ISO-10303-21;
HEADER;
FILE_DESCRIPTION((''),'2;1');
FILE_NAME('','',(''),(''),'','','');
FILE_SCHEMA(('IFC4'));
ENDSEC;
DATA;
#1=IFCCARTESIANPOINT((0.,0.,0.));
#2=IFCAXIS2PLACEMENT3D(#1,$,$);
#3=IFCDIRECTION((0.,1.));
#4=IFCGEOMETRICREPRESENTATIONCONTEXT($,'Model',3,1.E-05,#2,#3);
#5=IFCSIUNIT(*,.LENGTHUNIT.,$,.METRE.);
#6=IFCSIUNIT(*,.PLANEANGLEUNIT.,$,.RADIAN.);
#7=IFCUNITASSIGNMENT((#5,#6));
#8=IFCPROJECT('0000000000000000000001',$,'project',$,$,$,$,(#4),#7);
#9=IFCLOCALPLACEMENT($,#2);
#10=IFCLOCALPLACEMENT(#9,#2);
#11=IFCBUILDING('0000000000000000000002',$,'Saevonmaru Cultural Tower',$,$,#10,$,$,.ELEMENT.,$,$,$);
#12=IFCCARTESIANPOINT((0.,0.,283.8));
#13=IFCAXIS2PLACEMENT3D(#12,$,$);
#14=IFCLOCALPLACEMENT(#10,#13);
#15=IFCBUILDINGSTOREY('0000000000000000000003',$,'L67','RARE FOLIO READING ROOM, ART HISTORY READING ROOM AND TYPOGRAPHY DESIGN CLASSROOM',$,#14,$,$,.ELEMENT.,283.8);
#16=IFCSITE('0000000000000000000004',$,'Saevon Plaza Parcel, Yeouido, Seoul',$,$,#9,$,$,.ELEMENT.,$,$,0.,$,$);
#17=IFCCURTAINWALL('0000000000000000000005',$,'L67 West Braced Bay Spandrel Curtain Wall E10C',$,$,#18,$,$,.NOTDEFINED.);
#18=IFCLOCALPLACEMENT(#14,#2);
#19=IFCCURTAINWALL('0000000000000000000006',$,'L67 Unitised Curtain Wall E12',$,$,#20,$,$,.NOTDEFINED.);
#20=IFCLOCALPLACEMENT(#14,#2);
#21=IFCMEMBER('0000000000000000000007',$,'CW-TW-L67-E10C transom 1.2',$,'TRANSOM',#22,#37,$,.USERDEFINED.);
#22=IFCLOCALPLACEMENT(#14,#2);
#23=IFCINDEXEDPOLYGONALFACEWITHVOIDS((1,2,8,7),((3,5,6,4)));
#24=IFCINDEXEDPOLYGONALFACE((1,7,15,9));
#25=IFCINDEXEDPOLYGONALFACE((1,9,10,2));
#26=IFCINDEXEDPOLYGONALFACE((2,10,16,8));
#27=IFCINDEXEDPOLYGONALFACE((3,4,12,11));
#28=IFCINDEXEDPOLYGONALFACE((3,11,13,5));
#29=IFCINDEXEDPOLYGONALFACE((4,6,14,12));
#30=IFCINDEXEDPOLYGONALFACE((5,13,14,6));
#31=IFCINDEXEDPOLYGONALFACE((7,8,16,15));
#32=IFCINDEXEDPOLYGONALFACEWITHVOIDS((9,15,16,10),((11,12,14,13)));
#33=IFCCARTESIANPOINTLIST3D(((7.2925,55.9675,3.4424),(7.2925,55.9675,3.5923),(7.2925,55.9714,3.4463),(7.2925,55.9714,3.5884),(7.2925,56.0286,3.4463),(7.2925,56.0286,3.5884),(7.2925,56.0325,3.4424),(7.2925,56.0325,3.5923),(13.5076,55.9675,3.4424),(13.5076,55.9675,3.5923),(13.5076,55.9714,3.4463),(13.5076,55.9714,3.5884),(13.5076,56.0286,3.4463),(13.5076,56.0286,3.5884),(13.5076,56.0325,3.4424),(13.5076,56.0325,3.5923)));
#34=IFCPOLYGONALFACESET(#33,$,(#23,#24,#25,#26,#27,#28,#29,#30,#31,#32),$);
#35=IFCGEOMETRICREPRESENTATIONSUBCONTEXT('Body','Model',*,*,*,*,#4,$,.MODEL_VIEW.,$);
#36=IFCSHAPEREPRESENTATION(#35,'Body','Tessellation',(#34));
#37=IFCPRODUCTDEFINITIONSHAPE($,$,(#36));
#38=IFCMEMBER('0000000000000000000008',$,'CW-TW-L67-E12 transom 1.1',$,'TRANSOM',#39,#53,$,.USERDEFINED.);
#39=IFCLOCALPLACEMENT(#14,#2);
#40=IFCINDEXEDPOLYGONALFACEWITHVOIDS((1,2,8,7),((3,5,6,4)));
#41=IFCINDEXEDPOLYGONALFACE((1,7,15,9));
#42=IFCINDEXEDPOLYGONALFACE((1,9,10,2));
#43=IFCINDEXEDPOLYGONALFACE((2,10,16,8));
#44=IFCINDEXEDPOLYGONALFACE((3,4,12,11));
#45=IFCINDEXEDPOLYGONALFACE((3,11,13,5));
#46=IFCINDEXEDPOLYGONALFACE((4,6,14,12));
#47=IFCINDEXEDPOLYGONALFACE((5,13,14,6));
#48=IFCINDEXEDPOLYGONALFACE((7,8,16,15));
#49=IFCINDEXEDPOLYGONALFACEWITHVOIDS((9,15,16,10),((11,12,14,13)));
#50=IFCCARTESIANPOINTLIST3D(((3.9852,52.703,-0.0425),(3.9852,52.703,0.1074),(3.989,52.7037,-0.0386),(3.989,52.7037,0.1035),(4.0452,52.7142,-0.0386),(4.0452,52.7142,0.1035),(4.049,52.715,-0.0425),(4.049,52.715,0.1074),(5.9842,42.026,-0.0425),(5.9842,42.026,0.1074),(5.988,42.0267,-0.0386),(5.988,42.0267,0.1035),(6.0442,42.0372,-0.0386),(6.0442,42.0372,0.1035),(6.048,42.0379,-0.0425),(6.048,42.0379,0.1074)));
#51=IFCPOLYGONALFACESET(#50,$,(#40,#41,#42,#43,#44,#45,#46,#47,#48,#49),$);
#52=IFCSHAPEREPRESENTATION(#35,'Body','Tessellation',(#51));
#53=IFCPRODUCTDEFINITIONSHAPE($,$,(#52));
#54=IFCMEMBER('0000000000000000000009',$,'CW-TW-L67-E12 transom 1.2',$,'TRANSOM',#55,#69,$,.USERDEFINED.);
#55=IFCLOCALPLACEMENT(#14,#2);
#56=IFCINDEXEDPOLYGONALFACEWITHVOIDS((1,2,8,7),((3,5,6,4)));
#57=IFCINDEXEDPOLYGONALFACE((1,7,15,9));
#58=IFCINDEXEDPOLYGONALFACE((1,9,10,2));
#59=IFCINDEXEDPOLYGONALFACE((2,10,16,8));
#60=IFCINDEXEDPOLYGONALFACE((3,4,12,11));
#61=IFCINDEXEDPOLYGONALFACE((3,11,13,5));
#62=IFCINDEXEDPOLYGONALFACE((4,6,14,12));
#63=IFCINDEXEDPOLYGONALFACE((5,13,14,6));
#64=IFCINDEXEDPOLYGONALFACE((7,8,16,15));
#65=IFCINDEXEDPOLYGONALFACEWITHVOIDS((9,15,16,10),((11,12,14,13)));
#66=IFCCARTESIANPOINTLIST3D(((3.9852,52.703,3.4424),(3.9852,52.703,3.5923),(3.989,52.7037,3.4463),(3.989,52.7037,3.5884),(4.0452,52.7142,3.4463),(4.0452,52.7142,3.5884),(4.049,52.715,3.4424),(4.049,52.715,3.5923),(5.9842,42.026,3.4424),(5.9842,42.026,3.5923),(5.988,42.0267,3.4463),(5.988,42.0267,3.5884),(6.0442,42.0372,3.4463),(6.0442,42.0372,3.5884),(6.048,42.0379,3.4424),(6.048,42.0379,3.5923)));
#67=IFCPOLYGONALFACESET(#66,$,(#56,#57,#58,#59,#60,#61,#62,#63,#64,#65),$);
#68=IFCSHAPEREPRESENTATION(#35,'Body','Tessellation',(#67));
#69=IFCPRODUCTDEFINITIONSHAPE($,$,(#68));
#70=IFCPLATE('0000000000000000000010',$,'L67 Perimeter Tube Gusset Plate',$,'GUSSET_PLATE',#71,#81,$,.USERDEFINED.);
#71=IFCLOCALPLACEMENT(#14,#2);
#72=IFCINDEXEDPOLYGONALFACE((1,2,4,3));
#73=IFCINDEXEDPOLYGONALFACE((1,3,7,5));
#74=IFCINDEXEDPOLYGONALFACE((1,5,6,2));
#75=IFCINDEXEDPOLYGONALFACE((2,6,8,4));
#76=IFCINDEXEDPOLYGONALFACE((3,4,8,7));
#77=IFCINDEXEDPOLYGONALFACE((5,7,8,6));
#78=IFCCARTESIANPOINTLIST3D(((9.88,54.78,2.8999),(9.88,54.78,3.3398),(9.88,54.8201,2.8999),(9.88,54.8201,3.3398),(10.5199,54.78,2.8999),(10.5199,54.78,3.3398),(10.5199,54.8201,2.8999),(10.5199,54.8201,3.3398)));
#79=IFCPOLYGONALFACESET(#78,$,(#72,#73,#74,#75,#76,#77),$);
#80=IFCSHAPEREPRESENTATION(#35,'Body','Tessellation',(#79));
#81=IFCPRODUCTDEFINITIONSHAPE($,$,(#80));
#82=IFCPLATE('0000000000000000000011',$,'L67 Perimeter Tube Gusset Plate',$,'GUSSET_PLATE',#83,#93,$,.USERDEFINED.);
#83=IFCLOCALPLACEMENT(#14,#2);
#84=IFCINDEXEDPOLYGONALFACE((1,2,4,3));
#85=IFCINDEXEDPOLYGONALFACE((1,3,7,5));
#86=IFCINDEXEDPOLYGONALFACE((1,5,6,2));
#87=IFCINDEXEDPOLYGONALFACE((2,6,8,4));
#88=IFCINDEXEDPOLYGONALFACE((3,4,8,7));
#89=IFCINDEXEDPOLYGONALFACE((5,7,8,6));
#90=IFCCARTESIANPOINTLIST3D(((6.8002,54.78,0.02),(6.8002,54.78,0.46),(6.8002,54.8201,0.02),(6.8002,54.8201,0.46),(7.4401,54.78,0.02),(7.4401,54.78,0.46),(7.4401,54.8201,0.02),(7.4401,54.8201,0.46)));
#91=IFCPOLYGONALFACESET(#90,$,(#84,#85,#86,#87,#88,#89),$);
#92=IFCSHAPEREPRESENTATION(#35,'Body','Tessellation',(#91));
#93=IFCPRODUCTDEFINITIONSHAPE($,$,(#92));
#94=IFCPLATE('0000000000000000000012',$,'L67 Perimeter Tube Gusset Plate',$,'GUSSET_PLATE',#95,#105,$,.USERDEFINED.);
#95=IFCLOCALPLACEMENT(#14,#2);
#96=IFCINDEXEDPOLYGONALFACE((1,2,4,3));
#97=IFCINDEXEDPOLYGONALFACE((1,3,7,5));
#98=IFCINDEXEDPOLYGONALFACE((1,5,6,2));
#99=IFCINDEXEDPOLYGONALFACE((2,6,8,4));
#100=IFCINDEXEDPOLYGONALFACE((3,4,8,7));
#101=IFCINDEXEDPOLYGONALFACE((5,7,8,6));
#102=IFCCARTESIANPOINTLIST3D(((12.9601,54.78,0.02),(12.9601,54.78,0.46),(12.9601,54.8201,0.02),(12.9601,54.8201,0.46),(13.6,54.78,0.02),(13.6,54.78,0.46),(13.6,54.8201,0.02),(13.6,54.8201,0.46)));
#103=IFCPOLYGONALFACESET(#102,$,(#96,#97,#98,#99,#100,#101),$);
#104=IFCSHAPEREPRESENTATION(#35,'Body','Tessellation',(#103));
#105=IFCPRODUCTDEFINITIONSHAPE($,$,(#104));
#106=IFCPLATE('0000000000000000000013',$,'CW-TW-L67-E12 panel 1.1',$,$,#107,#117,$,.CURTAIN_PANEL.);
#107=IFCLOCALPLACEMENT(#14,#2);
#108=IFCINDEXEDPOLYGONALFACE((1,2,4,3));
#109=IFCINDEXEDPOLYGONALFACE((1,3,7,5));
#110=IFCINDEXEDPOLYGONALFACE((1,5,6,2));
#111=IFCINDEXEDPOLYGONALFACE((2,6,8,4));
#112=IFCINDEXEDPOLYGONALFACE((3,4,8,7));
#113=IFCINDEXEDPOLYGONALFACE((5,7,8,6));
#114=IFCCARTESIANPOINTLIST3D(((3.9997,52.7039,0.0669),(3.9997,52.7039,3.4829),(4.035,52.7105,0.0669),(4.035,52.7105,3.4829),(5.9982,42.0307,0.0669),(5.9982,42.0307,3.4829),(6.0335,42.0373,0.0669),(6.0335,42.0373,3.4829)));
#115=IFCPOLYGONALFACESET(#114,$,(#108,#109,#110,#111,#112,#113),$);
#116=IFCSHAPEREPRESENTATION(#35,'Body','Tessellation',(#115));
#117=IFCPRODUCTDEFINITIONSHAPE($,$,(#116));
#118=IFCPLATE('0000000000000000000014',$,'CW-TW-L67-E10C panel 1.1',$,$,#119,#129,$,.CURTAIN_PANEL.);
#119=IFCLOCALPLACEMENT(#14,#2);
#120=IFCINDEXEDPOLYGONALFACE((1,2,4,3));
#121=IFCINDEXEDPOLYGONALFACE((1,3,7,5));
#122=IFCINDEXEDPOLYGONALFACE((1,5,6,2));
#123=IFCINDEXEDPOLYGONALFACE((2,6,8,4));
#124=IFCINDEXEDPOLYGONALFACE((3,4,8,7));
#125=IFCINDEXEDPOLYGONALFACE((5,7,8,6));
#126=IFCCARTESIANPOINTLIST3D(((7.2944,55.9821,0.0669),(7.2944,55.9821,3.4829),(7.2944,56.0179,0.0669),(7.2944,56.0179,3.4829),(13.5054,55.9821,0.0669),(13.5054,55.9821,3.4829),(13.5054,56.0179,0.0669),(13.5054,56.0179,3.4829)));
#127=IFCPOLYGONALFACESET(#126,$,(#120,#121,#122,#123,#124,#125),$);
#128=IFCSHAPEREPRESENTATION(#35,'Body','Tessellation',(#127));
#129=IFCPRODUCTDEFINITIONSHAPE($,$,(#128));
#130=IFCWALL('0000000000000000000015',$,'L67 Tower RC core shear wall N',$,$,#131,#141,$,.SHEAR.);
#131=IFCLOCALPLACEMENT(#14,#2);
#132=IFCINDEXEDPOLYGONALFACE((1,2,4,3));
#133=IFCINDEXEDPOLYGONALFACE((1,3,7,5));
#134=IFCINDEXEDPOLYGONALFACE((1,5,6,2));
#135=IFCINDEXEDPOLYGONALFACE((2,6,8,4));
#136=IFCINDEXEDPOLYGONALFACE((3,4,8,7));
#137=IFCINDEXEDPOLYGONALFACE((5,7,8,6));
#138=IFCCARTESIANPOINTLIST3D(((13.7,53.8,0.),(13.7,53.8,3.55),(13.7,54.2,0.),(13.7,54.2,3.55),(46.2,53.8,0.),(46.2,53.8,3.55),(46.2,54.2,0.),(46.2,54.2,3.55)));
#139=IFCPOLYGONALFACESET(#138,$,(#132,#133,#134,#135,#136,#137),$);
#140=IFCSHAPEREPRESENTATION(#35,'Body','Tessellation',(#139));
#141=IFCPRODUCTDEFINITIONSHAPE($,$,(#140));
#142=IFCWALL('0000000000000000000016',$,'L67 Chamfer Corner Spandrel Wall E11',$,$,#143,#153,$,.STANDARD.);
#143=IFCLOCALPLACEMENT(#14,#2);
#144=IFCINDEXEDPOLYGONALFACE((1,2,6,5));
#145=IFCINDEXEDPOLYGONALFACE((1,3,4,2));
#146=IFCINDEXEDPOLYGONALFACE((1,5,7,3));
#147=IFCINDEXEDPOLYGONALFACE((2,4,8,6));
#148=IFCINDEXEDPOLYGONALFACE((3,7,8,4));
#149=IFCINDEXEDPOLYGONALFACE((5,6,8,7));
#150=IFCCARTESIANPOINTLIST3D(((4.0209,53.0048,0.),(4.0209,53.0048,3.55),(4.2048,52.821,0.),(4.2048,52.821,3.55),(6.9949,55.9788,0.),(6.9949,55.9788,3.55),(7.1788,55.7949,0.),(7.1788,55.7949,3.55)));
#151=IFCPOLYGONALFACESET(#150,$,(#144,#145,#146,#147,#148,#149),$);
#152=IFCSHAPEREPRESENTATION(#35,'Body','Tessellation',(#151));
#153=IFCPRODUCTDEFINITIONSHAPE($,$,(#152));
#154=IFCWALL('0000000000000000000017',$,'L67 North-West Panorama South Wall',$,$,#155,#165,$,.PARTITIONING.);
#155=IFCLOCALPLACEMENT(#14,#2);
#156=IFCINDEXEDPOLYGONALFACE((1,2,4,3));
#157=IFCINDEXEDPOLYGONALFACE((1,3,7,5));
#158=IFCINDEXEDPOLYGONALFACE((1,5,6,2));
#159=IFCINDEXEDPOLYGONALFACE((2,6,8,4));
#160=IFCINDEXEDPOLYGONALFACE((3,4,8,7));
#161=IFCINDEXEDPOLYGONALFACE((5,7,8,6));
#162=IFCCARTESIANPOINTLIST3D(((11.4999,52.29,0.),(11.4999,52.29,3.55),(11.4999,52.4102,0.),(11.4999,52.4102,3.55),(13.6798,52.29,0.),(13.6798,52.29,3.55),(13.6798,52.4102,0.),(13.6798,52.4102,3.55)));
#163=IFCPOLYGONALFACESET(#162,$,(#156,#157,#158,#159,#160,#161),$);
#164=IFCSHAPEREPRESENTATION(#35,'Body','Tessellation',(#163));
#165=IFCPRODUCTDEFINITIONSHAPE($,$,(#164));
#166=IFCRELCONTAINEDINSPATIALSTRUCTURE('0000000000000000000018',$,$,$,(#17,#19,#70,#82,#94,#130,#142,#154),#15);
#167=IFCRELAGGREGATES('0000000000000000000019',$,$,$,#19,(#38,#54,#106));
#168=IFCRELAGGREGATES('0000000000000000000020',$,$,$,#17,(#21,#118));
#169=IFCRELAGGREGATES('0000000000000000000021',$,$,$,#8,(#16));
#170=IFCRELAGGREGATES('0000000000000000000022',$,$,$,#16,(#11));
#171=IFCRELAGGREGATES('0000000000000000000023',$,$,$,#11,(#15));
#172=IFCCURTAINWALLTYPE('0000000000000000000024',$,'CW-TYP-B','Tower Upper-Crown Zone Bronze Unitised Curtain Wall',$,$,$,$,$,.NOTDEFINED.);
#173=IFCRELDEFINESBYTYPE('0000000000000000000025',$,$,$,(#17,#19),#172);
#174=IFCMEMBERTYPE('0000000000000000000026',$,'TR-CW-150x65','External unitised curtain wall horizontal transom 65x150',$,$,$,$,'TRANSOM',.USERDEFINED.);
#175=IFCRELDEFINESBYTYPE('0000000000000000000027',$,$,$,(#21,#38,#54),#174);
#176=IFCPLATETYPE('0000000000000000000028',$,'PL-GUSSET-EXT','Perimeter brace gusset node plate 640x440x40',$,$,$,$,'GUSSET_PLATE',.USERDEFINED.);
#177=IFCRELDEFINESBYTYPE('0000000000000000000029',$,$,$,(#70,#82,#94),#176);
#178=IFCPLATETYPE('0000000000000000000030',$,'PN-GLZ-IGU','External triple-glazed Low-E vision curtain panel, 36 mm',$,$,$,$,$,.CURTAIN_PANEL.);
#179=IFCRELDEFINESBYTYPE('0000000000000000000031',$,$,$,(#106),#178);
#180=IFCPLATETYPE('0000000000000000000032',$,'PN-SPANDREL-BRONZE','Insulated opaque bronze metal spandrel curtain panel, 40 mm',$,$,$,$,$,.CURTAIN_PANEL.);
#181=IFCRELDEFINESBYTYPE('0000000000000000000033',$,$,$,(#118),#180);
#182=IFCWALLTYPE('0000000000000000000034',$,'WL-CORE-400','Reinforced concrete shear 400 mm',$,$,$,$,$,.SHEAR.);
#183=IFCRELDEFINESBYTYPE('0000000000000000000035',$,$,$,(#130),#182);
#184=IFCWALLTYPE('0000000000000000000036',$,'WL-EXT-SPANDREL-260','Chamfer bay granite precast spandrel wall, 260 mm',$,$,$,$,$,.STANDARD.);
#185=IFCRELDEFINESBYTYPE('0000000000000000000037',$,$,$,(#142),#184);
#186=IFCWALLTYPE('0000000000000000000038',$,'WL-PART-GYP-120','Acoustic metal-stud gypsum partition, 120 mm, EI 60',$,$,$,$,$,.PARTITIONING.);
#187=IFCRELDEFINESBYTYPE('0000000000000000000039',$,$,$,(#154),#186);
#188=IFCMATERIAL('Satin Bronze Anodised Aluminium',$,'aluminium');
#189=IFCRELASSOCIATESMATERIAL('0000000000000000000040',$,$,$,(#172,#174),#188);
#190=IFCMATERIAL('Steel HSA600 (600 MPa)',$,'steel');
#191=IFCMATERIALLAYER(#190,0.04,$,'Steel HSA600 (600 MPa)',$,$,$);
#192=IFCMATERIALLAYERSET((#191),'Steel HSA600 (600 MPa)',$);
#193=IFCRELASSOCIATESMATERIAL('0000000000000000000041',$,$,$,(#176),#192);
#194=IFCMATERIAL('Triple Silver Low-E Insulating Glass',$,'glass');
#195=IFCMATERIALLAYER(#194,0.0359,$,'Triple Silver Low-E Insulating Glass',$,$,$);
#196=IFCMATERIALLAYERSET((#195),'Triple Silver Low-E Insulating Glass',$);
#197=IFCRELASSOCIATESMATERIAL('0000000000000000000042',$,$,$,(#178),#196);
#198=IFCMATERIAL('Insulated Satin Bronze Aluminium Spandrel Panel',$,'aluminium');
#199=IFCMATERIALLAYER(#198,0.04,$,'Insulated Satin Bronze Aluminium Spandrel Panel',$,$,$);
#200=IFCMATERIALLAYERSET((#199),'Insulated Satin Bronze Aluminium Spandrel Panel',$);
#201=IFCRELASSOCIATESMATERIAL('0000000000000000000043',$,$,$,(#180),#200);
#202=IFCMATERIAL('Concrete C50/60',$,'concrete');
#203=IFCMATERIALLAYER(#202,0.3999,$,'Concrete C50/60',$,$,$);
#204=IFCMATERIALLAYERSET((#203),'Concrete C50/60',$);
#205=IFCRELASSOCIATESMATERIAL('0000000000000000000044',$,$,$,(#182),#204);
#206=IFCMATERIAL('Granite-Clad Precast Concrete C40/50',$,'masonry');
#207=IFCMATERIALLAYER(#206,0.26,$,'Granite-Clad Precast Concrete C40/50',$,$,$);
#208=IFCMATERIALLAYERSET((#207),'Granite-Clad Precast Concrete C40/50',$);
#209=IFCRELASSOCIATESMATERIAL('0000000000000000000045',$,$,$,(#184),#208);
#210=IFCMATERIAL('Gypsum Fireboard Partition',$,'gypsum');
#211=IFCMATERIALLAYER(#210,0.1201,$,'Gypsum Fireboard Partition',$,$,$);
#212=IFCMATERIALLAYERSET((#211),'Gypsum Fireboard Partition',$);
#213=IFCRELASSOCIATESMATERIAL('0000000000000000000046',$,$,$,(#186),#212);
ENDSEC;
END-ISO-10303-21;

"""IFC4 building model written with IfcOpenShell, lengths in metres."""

from ifc_helpers import new_model, si_unit, direction, frame, frame_2d, origin, origin_2d, place, context, subcontext, project, spatial, rectangle, hollow_rectangle, extrude, material, layer, layer_set, material_profile, profile_set, type_object, element, aggregate, save


model = new_model("IFC4")

# Units and contexts
model_context = context("Model", 3, precision=1e-05, world=origin(), true_north=direction((0.0, 1.0)))
body_context = subcontext(model_context, "Body", "Model", "MODEL_VIEW")
ifc_project = project(units=[si_unit("LENGTHUNIT", "METRE"), si_unit("PLANEANGLEUNIT", "RADIAN")], contexts=[model_context])

# Site, building, storey
site_placement = place(None, origin())
site = spatial("IfcSite", under=ifc_project, at=site_placement, Name="Saevon Plaza Parcel, Yeouido, Seoul", CompositionType="ELEMENT", RefElevation=0.0)
building_placement = place(site_placement, origin())
building = spatial("IfcBuilding", under=site, at=building_placement, Name="Saevonmaru Cultural Tower", CompositionType="ELEMENT")
storey_placement = place(building_placement, frame((0.0, 0.0, 283.8)))
storey = spatial("IfcBuildingStorey", under=building, at=storey_placement, Name="L67", Description="RARE FOLIO READING ROOM, ART HISTORY READING ROOM AND TYPOGRAPHY DESIGN CLASSROOM", CompositionType="ELEMENT", Elevation=283.8)

# Shared definitions
ifc_material_1 = material(Name="Satin Bronze Anodised Aluminium", Category="aluminium")
curtain_wall_type = type_object("IfcCurtainWallType", Name="CW-TYP-B", Description="Tower Upper-Crown Zone Bronze Unitised Curtain Wall", PredefinedType="NOTDEFINED", material=ifc_material_1)

# Curtain wall
curtain_wall_1_placement = place(storey_placement, origin())
curtain_wall_1 = element("IfcCurtainWall", 1, at=curtain_wall_1_placement, inside=storey, type_object=curtain_wall_type, Name="L67 West Braced Bay Spandrel Curtain Wall E10C", PredefinedType="NOTDEFINED")

# Curtain wall
curtain_wall_2_placement = place(storey_placement, origin())
curtain_wall_2 = element("IfcCurtainWall", 2, at=curtain_wall_2_placement, inside=storey, type_object=curtain_wall_type, Name="L67 Unitised Curtain Wall E12", PredefinedType="NOTDEFINED")

# Members
ifc_material_profile_1 = material_profile(ifc_material_1, hollow_rectangle(XDim=0.0649, YDim=0.1499, WallThickness=0.0039, at=origin_2d()), Name="ALU-TRAN-150x65x4")
ifc_profile_set_1 = profile_set([ifc_material_profile_1], Name="Satin Bronze Anodised Aluminium")
member_type_1 = type_object("IfcMemberType", Name="TR-CW-150x65", Description="External unitised curtain wall horizontal transom 65x150", ElementType="TRANSOM", PredefinedType="USERDEFINED", material=ifc_profile_set_1)
member_1_placement = place(storey_placement, frame((13.5076, 56.0, 3.5173), z_axis=(-1.0, 0.0, 0.0), x_axis=(0.0, -1.0, 0.0)))
member_1 = element("IfcMember", 3, at=member_1_placement, type_object=member_type_1, Name="CW-TW-L67-E10C transom 1.2", ObjectType="TRANSOM", PredefinedType="USERDEFINED", context=body_context, shape_type="SweptSolid", body=[
    extrude(hollow_rectangle(XDim=0.0649, YDim=0.1499, WallThickness=0.0039, at=origin_2d()), origin(), (0.0, 0.0, 1.0), 6.2151),
])
member_2_placement = place(storey_placement, frame((4.0171, 52.709, 0.0325), z_axis=(0.184029, -0.982921, 0.0), x_axis=(0.982921, 0.184029, 0.0)))
member_2 = element("IfcMember", 4, at=member_2_placement, type_object=member_type_1, Name="CW-TW-L67-E12 transom 1.1", ObjectType="TRANSOM", PredefinedType="USERDEFINED", context=body_context, shape_type="SweptSolid", body=[
    extrude(hollow_rectangle(XDim=0.0649, YDim=0.1499, WallThickness=0.0039, at=origin_2d()), origin(), (0.0, 0.0, 1.0), 10.8625),
])
member_3_placement = place(storey_placement, frame((4.0171, 52.709, 3.5173), z_axis=(0.184029, -0.982921, 0.0), x_axis=(0.982921, 0.184029, 0.0)))
member_3 = element("IfcMember", 5, at=member_3_placement, type_object=member_type_1, Name="CW-TW-L67-E12 transom 1.2", ObjectType="TRANSOM", PredefinedType="USERDEFINED", context=body_context, shape_type="SweptSolid", body=[
    extrude(hollow_rectangle(XDim=0.0649, YDim=0.1499, WallThickness=0.0039, at=origin_2d()), origin(), (0.0, 0.0, 1.0), 10.8625),
])

# Plates
ifc_material_2 = material(Name="Steel HSA600 (600 MPa)", Category="steel")
ifc_layer_1 = layer(ifc_material_2, 0.04, Name="Steel HSA600 (600 MPa)")
ifc_layer_set_1 = layer_set([ifc_layer_1], Name="Steel HSA600 (600 MPa)")
plate_type_1 = type_object("IfcPlateType", Name="PL-GUSSET-EXT", Description="Perimeter brace gusset node plate 640x440x40", ElementType="GUSSET_PLATE", PredefinedType="USERDEFINED", material=ifc_layer_set_1)
for number, where, z_axis, x_axis, name in (
    (6, (10.2, 54.8, 2.8999), (0.0, 0.0, 1.0), (1.0, 0.0, 0.0), "L67 Perimeter Tube Gusset Plate"),
    (7, (7.1201, 54.8, 0.02), (0.0, 0.0, 1.0), (1.0, 0.0, 0.0), "L67 Perimeter Tube Gusset Plate"),
    (8, (13.28, 54.8, 0.02), (0.0, 0.0, 1.0), (1.0, 0.0, 0.0), "L67 Perimeter Tube Gusset Plate"),
):
    element("IfcPlate", number, at=place(storey_placement, frame(where, z_axis=z_axis, x_axis=x_axis)), inside=storey, type_object=plate_type_1, Name=name, ObjectType="GUSSET_PLATE", PredefinedType="USERDEFINED", context=body_context, shape_type="SweptSolid", body=[
        extrude(rectangle(XDim=0.6399, YDim=0.04, at=origin_2d()), origin(), (0.0, 0.0, 1.0), 0.4399),
    ])

# Plates
ifc_material_3 = material(Name="Triple Silver Low-E Insulating Glass", Category="glass")
ifc_layer_2 = layer(ifc_material_3, 0.0359, Name="Triple Silver Low-E Insulating Glass")
ifc_layer_set_2 = layer_set([ifc_layer_2], Name="Triple Silver Low-E Insulating Glass")
plate_type_2 = type_object("IfcPlateType", Name="PN-GLZ-IGU", Description="External triple-glazed Low-E vision curtain panel, 36 mm", PredefinedType="CURTAIN_PANEL", material=ifc_layer_set_2)
plate_1_placement = place(storey_placement, frame((5.0166, 47.3706, 0.0669), z_axis=(0.0, 0.0, 1.0), x_axis=(0.184047, -0.982918, 0.0)))
plate_1 = element("IfcPlate", 9, at=plate_1_placement, type_object=plate_type_2, Name="CW-TW-L67-E12 panel 1.1", PredefinedType="CURTAIN_PANEL", context=body_context, shape_type="SweptSolid", body=[
    extrude(rectangle(XDim=10.8586, YDim=0.0359, at=origin_2d()), origin(), (0.0, 0.0, 1.0), 3.416),
])
aggregate(curtain_wall_2, [member_2, member_3, plate_1])
ifc_material_4 = material(Name="Insulated Satin Bronze Aluminium Spandrel Panel", Category="aluminium")
ifc_layer_3 = layer(ifc_material_4, 0.04, Name="Insulated Satin Bronze Aluminium Spandrel Panel")
ifc_layer_set_3 = layer_set([ifc_layer_3], Name="Insulated Satin Bronze Aluminium Spandrel Panel")
plate_type_3 = type_object("IfcPlateType", Name="PN-SPANDREL-BRONZE", Description="Insulated opaque bronze metal spandrel curtain panel, 40 mm", PredefinedType="CURTAIN_PANEL", material=ifc_layer_set_3)
plate_2_placement = place(storey_placement, frame((10.3999, 56.0, 0.0669), z_axis=(0.0, 0.0, 1.0), x_axis=(-1.0, 0.0, 0.0)))
plate_2 = element("IfcPlate", 10, at=plate_2_placement, type_object=plate_type_3, Name="CW-TW-L67-E10C panel 1.1", PredefinedType="CURTAIN_PANEL", context=body_context, shape_type="SweptSolid", body=[
    extrude(rectangle(XDim=6.2109, YDim=0.0359, at=origin_2d()), origin(), (0.0, 0.0, 1.0), 3.416),
])
aggregate(curtain_wall_1, [member_1, plate_2])

# Walls
ifc_material_5 = material(Name="Concrete C50/60", Category="concrete")
ifc_layer_4 = layer(ifc_material_5, 0.3999, Name="Concrete C50/60")
ifc_layer_set_4 = layer_set([ifc_layer_4], Name="Concrete C50/60")
wall_type_1 = type_object("IfcWallType", Name="WL-CORE-400", Description="Reinforced concrete shear 400 mm", PredefinedType="SHEAR", material=ifc_layer_set_4)
wall_1_placement = place(storey_placement, frame((13.7, 54.0, 0.0), z_axis=(0.0, 0.0, 1.0), x_axis=(1.0, 0.0, 0.0)))
element("IfcWall", 11, at=wall_1_placement, inside=storey, type_object=wall_type_1, Name="L67 Tower RC core shear wall N", PredefinedType="SHEAR", context=body_context, shape_type="SweptSolid", body=[
    extrude(rectangle(XDim=32.5, YDim=0.3999, at=frame_2d((16.25, 0.0))), origin(), (0.0, 0.0, 1.0), 3.55),
])
ifc_material_6 = material(Name="Granite-Clad Precast Concrete C40/50", Category="masonry")
ifc_layer_5 = layer(ifc_material_6, 0.26, Name="Granite-Clad Precast Concrete C40/50")
ifc_layer_set_5 = layer_set([ifc_layer_5], Name="Granite-Clad Precast Concrete C40/50")
wall_type_2 = type_object("IfcWallType", Name="WL-EXT-SPANDREL-260", Description="Chamfer bay granite precast spandrel wall, 260 mm", PredefinedType="STANDARD", material=ifc_layer_set_5)
wall_2_placement = place(storey_placement, frame((7.0869, 55.887, 0.0), z_axis=(0.0, 0.0, 1.0), x_axis=(-0.707107, -0.707107, 0.0)))
element("IfcWall", 12, at=wall_2_placement, inside=storey, type_object=wall_type_2, Name="L67 Chamfer Corner Spandrel Wall E11", PredefinedType="STANDARD", context=body_context, shape_type="SweptSolid", body=[
    extrude(rectangle(XDim=4.2058, YDim=0.26, at=frame_2d((2.103, 0.0))), origin(), (0.0, 0.0, 1.0), 3.55),
])
ifc_material_7 = material(Name="Gypsum Fireboard Partition", Category="gypsum")
ifc_layer_6 = layer(ifc_material_7, 0.1201, Name="Gypsum Fireboard Partition")
ifc_layer_set_6 = layer_set([ifc_layer_6], Name="Gypsum Fireboard Partition")
wall_type_3 = type_object("IfcWallType", Name="WL-PART-GYP-120", Description="Acoustic metal-stud gypsum partition, 120 mm, EI 60", PredefinedType="PARTITIONING", material=ifc_layer_set_6)
wall_3_placement = place(storey_placement, frame((11.5, 52.3501, 0.0), z_axis=(0.0, 0.0, 1.0), x_axis=(1.0, 0.0, 0.0)))
element("IfcWall", 13, at=wall_3_placement, inside=storey, type_object=wall_type_3, Name="L67 North-West Panorama South Wall", PredefinedType="PARTITIONING", context=body_context, shape_type="SweptSolid", body=[
    extrude(rectangle(XDim=2.1799, YDim=0.1201, at=frame_2d((1.0898, 0.0))), origin(), (0.0, 0.0, 1.0), 3.55),
])

save(model, "model.ifc")
